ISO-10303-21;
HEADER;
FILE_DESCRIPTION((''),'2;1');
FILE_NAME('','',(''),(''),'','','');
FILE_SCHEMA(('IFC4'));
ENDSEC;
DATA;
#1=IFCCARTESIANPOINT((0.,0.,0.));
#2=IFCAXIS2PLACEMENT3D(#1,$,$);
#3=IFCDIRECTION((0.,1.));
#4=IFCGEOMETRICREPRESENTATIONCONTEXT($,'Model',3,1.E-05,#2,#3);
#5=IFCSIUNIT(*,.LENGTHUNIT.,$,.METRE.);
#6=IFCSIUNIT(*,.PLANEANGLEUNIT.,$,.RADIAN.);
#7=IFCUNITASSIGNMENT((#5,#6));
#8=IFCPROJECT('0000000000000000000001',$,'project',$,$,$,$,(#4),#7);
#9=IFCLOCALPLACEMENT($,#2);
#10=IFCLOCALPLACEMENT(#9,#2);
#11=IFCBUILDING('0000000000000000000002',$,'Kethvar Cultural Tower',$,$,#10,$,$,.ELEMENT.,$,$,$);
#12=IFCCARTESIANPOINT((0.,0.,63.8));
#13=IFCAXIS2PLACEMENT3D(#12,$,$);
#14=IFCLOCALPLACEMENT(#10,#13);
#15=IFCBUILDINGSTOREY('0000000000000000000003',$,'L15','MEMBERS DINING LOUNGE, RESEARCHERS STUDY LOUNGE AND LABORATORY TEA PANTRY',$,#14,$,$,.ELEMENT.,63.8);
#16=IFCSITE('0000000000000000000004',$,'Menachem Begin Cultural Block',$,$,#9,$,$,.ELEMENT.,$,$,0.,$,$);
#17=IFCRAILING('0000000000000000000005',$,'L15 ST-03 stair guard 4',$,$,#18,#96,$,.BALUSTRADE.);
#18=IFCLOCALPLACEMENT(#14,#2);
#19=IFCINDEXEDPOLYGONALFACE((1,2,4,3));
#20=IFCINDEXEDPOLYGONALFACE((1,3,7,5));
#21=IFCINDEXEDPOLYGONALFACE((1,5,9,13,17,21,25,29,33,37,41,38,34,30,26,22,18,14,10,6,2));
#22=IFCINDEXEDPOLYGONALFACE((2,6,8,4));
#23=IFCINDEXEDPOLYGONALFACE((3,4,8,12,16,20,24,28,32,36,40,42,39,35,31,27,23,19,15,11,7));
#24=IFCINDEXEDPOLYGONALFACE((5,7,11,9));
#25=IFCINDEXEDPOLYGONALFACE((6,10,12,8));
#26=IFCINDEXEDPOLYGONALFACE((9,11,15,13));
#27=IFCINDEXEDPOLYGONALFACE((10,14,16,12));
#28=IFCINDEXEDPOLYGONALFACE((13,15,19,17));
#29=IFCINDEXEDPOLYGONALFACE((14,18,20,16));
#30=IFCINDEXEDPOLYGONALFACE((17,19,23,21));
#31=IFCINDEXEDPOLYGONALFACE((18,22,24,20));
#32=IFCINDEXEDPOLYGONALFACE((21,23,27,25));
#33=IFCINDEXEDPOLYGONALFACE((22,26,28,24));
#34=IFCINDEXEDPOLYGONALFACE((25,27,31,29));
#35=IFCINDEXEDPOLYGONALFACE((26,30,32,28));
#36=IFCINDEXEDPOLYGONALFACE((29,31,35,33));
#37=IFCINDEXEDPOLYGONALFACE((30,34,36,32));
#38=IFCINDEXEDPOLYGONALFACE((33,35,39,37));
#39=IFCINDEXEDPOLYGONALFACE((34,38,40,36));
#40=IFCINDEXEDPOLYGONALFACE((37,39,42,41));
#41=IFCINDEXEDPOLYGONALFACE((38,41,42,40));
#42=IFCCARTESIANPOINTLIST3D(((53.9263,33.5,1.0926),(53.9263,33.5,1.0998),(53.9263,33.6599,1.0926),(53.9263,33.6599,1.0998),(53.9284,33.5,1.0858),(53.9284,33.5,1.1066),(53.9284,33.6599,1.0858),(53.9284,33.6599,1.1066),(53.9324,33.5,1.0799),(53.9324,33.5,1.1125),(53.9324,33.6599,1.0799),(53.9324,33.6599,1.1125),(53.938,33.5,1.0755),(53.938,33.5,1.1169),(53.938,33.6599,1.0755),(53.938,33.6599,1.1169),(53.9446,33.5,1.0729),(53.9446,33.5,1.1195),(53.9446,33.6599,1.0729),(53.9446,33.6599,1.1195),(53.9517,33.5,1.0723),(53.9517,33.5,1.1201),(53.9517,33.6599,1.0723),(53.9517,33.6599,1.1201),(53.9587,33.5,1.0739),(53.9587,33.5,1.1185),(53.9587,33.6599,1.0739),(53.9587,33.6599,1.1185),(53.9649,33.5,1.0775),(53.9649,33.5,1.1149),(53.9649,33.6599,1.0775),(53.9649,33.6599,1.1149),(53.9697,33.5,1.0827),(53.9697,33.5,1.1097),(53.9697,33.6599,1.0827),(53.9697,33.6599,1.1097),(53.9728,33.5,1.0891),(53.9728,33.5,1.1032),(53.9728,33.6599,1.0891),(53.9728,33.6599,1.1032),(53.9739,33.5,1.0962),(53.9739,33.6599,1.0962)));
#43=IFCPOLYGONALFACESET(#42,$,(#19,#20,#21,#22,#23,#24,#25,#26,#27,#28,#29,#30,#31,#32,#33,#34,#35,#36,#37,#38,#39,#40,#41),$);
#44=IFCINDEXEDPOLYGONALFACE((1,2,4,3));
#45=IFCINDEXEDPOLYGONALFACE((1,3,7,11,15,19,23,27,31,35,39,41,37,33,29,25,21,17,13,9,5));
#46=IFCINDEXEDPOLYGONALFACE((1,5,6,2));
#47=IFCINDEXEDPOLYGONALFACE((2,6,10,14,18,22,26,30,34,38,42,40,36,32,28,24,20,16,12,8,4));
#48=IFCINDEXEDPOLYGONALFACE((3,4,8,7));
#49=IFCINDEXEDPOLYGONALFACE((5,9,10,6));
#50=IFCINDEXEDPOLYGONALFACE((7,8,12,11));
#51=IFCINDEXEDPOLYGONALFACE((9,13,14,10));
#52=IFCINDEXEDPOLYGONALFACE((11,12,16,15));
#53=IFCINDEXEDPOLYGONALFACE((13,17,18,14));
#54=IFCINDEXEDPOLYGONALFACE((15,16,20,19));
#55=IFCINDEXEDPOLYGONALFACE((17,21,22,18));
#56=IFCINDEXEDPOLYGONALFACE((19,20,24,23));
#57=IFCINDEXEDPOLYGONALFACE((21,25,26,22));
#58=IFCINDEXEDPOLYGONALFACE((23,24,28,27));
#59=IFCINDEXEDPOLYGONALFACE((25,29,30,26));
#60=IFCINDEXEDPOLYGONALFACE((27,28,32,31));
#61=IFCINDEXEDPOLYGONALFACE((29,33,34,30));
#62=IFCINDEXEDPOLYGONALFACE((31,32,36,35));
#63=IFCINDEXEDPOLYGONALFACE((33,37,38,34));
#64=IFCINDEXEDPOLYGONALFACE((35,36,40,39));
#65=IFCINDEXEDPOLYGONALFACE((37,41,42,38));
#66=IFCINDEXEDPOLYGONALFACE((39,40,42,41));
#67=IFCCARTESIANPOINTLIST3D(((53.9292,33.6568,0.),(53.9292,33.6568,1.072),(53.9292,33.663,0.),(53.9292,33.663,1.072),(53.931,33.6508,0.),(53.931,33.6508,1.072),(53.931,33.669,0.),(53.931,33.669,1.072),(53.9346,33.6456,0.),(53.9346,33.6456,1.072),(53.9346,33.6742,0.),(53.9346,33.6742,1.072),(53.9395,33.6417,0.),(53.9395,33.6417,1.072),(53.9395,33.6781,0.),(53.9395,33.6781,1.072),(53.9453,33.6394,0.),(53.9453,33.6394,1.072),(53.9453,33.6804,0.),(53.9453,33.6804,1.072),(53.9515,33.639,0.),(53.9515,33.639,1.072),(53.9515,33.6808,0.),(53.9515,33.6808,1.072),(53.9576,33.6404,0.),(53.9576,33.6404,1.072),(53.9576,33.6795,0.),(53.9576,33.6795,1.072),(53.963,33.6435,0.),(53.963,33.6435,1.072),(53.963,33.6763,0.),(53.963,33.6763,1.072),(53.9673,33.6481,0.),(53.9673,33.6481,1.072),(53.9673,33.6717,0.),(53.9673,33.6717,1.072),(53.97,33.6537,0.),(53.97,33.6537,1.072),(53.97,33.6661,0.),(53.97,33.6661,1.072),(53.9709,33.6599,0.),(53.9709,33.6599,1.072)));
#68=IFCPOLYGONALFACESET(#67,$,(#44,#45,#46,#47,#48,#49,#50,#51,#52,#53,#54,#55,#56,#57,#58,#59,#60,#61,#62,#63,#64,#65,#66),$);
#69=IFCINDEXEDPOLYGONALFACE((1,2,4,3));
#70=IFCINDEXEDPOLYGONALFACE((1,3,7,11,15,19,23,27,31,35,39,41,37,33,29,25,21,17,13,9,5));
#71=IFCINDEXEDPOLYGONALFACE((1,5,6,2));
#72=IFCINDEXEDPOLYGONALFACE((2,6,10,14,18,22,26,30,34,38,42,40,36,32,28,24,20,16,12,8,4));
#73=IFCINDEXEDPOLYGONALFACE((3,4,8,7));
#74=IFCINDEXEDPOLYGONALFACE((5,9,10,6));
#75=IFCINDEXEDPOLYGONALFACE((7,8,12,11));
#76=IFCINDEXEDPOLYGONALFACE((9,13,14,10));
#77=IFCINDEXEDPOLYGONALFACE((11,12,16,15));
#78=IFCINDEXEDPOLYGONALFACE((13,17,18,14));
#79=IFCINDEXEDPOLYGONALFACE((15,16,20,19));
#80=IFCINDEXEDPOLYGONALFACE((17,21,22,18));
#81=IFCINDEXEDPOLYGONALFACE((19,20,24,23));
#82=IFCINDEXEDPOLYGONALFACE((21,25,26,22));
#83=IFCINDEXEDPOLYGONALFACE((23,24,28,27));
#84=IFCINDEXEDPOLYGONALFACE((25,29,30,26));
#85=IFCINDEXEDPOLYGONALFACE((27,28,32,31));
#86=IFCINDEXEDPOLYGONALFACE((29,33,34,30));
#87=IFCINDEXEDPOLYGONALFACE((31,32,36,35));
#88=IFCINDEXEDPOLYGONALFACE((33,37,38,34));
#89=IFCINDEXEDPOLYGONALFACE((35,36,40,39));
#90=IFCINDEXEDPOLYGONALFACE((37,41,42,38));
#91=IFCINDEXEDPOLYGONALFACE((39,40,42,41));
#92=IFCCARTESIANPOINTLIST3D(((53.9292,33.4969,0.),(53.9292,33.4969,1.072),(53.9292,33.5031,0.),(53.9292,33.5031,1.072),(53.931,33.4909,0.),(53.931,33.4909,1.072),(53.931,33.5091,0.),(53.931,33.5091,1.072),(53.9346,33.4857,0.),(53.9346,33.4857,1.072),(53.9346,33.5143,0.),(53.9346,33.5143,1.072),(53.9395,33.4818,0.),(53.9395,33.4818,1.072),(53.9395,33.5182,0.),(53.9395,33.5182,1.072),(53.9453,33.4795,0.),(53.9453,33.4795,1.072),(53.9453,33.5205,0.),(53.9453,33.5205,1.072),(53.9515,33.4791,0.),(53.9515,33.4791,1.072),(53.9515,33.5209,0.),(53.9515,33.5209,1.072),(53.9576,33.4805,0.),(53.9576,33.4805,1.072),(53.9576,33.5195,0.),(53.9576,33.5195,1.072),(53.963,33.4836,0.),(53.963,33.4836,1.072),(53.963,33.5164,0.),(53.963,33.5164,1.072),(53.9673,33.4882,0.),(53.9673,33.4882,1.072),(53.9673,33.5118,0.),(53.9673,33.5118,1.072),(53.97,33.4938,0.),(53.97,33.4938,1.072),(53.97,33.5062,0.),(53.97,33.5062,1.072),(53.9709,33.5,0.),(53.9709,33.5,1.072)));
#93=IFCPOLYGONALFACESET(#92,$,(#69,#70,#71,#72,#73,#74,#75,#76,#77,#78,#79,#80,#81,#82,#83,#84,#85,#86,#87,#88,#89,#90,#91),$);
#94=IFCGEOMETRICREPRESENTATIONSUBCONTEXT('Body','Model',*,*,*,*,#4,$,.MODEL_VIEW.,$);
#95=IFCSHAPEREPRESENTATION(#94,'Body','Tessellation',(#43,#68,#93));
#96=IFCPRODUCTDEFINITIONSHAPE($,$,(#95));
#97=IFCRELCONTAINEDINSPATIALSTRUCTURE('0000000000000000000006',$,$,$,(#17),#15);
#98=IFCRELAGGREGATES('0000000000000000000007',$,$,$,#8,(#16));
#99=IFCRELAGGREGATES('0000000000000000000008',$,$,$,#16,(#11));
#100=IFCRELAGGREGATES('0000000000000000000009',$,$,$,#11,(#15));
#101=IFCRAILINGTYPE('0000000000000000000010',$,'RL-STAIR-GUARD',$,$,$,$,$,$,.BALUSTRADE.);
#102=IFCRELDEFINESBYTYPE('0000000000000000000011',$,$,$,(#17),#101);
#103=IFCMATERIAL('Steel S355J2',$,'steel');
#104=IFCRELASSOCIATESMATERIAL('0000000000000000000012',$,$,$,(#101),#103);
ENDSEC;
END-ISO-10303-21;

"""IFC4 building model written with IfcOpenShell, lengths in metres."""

from ifc_helpers import new_model, si_unit, direction, frame, origin, origin_2d, place, context, subcontext, project, spatial, circle, extrude, material, type_object, element, save


model = new_model("IFC4")

# Units and contexts
model_context = context("Model", 3, precision=1e-05, world=origin(), true_north=direction((0.0, 1.0)))
body_context = subcontext(model_context, "Body", "Model", "MODEL_VIEW")
ifc_project = project(units=[si_unit("LENGTHUNIT", "METRE"), si_unit("PLANEANGLEUNIT", "RADIAN")], contexts=[model_context])

# Site, building, storey
site_placement = place(None, origin())
site = spatial("IfcSite", under=ifc_project, at=site_placement, Name="Menachem Begin Cultural Block", CompositionType="ELEMENT", RefElevation=0.0)
building_placement = place(site_placement, origin())
building = spatial("IfcBuilding", under=site, at=building_placement, Name="Kethvar Cultural Tower", CompositionType="ELEMENT")
storey_placement = place(building_placement, frame((0.0, 0.0, 63.8)))
storey = spatial("IfcBuildingStorey", under=building, at=storey_placement, Name="L15", Description="MEMBERS DINING LOUNGE, RESEARCHERS STUDY LOUNGE AND LABORATORY TEA PANTRY", CompositionType="ELEMENT", Elevation=63.8)

# Shared definitions
ifc_material_1 = material(Name="Steel S355J2", Category="steel")

# Railing
railing_type_1 = type_object("IfcRailingType", Name="RL-STAIR-GUARD", PredefinedType="BALUSTRADE", material=ifc_material_1)
railing_1_placement = place(storey_placement, frame((53.95, 33.6599, 0.0)))
element("IfcRailing", 1, at=railing_1_placement, inside=storey, type_object=railing_type_1, Name="L15 ST-03 stair guard 4", PredefinedType="BALUSTRADE", context=body_context, shape_type="SweptSolid", body=[
    extrude(circle(Radius=0.0239, at=origin_2d()), frame((0.0, 0.0, 1.0962), z_axis=(0.0, -1.0, 0.0), x_axis=(1.0, 0.0, 0.0)), (0.0, 0.0, 1.0), 0.1599),
    extrude(circle(Radius=0.021, at=origin_2d()), origin(), (0.0, 0.0, 1.0), 1.072),
    extrude(circle(Radius=0.021, at=origin_2d()), frame((0.0, -0.1599, 0.0)), (0.0, 0.0, 1.0), 1.072),
])

save(model, "model.ifc")
